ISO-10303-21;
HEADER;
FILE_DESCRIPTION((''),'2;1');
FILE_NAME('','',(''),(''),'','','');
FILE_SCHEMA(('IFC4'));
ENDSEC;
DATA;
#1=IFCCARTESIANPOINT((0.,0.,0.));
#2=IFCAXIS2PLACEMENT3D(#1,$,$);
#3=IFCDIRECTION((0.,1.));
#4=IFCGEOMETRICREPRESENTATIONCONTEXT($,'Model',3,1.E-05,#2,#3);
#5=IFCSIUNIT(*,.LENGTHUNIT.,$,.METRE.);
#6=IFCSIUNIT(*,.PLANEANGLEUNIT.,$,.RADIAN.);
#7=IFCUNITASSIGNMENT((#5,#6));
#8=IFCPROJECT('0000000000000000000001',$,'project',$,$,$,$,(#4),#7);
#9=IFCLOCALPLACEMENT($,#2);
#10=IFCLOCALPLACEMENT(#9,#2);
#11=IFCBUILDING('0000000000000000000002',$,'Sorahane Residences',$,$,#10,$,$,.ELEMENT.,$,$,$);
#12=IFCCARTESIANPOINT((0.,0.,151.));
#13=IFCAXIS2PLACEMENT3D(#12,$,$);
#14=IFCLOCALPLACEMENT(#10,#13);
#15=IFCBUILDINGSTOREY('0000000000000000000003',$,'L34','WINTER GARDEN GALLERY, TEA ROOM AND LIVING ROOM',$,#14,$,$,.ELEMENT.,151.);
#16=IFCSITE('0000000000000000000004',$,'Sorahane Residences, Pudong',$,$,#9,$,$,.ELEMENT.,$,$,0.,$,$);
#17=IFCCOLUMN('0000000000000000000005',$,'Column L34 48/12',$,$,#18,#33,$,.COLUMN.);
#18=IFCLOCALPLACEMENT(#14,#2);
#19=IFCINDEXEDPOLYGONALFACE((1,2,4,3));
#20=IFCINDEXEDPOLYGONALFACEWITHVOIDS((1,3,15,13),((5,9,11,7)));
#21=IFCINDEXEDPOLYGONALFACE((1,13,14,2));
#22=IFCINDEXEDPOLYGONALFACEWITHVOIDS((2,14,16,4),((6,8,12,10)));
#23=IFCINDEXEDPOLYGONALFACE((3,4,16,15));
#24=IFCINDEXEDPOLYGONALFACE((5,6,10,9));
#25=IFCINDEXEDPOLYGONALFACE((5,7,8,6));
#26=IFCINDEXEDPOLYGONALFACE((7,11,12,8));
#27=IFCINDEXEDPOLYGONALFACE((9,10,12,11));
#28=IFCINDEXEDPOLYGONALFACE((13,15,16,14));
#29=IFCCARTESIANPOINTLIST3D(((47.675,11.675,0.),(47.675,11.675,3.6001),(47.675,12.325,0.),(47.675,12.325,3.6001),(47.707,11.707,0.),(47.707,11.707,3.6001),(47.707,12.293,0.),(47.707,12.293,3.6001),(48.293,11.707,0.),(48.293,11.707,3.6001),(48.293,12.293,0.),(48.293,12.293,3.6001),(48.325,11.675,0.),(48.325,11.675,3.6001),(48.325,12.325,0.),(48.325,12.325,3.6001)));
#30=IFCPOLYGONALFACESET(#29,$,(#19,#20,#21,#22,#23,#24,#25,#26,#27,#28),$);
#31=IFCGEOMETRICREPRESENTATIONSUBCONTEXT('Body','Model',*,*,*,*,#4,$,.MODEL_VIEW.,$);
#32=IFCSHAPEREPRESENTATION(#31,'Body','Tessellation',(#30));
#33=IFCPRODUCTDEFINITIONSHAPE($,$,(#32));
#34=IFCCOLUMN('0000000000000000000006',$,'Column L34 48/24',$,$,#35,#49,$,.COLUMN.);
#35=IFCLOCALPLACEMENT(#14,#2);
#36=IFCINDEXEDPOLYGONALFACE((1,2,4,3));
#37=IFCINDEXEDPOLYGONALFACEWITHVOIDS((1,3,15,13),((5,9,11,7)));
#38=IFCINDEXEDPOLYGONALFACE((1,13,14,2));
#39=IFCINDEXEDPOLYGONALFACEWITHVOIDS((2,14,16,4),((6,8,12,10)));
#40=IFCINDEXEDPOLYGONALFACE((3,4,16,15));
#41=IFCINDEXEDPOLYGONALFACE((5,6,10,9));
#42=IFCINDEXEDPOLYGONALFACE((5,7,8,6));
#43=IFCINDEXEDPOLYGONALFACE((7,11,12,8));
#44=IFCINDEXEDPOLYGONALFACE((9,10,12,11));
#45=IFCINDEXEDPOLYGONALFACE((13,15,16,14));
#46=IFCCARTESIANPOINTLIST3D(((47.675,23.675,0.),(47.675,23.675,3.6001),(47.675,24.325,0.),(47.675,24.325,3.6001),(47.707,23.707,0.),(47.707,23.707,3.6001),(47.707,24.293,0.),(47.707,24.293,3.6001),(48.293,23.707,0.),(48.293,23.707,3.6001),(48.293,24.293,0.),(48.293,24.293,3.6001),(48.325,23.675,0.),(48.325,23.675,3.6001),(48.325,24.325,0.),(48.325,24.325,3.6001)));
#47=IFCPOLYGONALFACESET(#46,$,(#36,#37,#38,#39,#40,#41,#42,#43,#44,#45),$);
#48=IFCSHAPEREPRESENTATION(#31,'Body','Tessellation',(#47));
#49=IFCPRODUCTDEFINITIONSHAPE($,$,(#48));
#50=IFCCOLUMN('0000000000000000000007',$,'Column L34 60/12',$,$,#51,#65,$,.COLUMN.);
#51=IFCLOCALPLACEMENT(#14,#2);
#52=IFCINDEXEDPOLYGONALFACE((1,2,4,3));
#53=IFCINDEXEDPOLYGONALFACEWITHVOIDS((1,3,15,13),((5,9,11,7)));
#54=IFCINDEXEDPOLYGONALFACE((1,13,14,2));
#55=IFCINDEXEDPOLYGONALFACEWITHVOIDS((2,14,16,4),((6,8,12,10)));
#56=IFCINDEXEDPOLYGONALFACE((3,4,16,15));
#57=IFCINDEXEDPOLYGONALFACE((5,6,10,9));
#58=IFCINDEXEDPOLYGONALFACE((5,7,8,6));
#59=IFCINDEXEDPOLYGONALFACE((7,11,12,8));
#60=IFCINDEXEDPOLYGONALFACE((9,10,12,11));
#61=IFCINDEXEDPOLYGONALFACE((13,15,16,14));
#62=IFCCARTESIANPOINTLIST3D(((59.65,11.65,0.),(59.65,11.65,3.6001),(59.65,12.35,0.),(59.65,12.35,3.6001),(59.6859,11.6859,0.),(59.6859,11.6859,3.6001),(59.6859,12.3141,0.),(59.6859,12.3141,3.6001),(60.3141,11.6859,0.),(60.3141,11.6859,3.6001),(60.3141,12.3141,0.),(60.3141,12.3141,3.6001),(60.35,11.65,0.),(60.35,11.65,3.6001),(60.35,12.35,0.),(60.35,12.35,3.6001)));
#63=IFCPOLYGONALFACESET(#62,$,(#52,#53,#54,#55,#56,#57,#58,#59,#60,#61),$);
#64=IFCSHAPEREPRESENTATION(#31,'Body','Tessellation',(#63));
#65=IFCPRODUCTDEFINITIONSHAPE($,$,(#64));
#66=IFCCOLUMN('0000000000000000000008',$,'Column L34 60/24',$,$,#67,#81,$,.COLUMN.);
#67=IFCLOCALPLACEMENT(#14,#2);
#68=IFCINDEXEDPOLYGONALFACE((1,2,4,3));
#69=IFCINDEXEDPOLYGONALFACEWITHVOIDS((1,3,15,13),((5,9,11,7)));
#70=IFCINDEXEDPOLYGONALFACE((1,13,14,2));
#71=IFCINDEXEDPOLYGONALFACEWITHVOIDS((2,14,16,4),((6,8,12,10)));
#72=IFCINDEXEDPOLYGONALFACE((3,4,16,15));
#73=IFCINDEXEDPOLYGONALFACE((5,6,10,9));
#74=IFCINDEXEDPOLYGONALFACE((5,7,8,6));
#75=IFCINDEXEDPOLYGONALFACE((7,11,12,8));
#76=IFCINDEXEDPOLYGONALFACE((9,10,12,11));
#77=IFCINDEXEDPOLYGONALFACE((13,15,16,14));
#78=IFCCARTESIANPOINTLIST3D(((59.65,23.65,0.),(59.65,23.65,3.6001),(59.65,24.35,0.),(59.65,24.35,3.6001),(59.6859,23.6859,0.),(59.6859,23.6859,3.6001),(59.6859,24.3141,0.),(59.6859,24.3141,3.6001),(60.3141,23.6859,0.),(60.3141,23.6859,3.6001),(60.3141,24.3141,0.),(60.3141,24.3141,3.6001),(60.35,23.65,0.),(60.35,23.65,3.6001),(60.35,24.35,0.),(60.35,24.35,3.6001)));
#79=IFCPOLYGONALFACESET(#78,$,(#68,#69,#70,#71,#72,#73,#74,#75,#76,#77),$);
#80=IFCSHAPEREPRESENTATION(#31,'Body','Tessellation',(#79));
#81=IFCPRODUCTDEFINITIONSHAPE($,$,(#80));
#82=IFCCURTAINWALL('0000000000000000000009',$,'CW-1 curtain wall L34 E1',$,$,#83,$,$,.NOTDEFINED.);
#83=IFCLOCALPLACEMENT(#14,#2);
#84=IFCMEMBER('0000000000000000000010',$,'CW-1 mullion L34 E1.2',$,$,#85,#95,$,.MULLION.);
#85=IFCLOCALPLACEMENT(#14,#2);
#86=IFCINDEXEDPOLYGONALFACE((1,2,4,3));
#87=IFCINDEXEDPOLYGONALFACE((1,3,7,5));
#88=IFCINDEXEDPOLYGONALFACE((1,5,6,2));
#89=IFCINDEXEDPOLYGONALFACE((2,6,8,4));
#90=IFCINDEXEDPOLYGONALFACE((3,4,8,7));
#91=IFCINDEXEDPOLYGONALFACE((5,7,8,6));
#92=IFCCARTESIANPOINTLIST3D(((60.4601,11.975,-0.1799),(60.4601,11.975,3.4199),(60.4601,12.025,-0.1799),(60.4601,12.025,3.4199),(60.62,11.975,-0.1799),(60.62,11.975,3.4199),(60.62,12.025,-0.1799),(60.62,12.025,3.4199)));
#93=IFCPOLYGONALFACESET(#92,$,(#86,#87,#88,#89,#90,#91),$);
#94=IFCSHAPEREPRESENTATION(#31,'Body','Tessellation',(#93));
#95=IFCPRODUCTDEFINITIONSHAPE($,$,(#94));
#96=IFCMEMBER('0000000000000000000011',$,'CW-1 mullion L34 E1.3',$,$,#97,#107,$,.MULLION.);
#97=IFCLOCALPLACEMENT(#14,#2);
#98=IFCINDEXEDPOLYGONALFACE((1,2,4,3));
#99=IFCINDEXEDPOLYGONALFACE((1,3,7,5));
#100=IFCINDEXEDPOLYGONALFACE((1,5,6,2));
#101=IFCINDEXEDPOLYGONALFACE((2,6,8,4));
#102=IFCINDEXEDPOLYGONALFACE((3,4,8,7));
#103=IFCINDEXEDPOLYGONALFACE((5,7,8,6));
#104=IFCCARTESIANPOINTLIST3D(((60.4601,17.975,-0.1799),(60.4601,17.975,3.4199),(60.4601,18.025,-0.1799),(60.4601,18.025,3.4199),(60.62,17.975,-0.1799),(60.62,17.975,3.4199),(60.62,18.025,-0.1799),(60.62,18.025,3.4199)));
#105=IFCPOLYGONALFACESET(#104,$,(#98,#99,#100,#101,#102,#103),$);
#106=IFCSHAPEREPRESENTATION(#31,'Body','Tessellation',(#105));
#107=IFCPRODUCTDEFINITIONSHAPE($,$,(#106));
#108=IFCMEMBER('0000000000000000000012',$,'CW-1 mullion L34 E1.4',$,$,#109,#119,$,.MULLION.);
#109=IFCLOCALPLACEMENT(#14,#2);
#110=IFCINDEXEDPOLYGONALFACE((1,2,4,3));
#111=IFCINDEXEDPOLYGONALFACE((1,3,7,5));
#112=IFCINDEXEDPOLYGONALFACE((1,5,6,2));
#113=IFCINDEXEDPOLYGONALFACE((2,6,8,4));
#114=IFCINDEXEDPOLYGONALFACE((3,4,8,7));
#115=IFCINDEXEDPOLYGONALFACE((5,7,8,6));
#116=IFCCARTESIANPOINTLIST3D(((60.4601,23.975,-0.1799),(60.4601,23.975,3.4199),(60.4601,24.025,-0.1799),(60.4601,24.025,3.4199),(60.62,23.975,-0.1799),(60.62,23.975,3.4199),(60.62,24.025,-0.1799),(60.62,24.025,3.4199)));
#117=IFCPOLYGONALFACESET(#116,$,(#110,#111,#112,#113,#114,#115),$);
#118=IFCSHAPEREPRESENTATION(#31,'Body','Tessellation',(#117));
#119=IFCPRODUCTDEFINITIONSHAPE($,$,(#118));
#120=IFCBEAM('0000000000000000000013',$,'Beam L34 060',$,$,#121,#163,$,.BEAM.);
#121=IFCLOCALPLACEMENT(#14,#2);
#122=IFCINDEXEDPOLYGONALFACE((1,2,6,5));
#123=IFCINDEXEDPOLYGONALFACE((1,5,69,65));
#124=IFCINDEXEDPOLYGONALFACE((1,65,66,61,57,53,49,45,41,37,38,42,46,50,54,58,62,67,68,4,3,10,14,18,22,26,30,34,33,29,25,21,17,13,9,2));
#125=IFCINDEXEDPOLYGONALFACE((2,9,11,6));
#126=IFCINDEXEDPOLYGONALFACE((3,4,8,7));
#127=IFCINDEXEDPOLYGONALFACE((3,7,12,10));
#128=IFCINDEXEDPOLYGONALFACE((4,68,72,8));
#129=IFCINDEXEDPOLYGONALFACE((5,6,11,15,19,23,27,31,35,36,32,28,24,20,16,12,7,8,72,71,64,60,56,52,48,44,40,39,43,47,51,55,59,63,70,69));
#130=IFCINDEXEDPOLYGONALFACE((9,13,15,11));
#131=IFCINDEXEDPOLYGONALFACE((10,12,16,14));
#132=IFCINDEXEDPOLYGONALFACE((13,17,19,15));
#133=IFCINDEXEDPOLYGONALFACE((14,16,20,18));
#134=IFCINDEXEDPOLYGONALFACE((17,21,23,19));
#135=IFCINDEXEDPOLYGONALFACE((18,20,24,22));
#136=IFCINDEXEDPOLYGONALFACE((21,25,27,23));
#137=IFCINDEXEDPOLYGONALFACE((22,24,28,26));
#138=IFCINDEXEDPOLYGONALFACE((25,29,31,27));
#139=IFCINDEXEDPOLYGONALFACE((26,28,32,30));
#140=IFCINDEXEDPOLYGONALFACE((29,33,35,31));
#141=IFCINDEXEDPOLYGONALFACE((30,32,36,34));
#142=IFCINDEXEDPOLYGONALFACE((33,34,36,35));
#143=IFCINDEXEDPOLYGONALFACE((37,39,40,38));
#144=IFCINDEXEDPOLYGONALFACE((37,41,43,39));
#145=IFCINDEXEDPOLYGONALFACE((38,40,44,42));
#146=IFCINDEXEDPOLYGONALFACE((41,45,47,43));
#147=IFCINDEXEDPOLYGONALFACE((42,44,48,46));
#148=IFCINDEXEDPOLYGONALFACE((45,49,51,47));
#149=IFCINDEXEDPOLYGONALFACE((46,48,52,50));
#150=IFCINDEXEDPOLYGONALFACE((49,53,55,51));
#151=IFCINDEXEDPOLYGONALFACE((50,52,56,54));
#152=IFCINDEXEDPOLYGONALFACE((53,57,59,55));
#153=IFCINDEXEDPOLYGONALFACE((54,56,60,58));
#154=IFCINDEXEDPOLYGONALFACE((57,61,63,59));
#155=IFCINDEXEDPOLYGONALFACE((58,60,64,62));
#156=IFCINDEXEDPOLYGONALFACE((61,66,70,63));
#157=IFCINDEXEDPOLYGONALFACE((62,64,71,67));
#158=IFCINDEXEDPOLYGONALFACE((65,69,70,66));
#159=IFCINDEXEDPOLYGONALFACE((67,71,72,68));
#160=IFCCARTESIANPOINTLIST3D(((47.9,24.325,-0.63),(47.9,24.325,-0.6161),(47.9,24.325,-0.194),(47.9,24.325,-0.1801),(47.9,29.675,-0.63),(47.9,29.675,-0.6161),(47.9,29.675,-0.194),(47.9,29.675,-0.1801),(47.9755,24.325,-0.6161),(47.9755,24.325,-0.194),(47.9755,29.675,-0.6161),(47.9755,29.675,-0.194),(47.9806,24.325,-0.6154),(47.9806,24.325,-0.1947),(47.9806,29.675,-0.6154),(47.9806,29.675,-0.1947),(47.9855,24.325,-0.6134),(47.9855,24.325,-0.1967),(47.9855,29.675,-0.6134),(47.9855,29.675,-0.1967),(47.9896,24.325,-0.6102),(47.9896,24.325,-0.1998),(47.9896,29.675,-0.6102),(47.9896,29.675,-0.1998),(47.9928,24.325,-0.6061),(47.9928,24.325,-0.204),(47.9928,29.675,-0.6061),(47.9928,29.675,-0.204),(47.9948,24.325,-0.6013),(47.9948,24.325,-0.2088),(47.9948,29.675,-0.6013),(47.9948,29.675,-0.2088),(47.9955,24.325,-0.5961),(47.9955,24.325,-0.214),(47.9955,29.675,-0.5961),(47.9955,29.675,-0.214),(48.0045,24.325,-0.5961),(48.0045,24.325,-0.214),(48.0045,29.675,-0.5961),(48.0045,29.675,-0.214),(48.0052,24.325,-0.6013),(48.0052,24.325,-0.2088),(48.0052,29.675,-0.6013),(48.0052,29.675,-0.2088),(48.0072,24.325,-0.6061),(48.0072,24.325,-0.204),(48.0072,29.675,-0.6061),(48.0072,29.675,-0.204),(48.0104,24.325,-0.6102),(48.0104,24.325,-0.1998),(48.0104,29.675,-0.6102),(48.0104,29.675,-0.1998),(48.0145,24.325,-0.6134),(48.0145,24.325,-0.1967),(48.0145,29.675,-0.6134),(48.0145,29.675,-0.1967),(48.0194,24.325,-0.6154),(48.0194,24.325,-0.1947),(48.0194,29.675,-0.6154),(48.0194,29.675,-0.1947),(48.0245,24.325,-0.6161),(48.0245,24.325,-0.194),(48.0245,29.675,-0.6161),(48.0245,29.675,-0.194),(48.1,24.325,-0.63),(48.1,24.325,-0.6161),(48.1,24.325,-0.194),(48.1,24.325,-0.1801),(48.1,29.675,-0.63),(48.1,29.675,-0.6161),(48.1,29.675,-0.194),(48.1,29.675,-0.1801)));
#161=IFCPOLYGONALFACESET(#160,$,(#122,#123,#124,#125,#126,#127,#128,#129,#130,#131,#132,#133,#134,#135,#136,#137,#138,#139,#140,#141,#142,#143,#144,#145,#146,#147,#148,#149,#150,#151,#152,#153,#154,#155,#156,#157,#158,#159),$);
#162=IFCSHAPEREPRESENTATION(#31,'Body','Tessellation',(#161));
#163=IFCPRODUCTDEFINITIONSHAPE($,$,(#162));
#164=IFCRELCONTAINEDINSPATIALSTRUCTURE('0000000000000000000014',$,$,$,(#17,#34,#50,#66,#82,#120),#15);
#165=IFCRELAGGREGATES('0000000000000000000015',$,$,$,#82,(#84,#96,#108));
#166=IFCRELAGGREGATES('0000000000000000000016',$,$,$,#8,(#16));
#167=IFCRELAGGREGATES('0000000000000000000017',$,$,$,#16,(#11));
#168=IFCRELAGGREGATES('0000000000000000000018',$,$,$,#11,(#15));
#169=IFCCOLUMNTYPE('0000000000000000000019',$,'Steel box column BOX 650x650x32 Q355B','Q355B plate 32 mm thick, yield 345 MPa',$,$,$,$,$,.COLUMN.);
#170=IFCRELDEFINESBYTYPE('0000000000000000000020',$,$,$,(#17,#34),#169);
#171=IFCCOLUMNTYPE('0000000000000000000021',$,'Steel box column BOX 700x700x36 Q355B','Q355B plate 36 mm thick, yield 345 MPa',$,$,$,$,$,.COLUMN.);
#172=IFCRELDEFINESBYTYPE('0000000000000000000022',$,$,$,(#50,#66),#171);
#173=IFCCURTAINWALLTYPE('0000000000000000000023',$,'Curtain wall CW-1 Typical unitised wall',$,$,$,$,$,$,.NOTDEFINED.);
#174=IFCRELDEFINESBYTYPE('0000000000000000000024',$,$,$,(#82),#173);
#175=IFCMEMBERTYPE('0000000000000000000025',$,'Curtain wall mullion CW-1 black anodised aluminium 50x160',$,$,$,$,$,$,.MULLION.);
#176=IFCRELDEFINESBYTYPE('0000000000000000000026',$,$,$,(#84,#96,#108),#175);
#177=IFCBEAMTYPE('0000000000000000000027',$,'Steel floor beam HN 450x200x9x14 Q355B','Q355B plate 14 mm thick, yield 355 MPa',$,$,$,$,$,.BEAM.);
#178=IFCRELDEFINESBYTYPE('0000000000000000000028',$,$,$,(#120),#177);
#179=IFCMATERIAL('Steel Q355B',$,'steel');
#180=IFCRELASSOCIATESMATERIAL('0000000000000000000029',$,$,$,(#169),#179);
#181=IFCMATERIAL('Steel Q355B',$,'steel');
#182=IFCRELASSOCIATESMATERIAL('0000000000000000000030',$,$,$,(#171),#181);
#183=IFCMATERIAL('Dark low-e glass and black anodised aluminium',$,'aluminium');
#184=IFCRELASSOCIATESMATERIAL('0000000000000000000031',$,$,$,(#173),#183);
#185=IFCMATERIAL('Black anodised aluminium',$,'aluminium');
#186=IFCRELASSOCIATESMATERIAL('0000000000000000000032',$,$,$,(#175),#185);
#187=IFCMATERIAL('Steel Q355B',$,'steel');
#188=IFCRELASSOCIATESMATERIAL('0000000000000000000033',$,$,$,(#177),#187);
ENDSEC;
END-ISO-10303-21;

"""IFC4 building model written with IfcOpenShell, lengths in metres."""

from ifc_helpers import new_model, si_unit, direction, frame, origin, origin_2d, place, context, subcontext, project, spatial, rectangle, hollow_rectangle, i_section, extrude, material, material_profile, profile_set, type_object, element, aggregate, save


model = new_model("IFC4")

# Units and contexts
model_context = context("Model", 3, precision=1e-05, world=origin(), true_north=direction((0.0, 1.0)))
body_context = subcontext(model_context, "Body", "Model", "MODEL_VIEW")
ifc_project = project(units=[si_unit("LENGTHUNIT", "METRE"), si_unit("PLANEANGLEUNIT", "RADIAN")], contexts=[model_context])

# Site, building, storey
site_placement = place(None, origin())
site = spatial("IfcSite", under=ifc_project, at=site_placement, Name="Sorahane Residences, Pudong", CompositionType="ELEMENT", RefElevation=0.0)
building_placement = place(site_placement, origin())
building = spatial("IfcBuilding", under=site, at=building_placement, Name="Sorahane Residences", CompositionType="ELEMENT")
storey_placement = place(building_placement, frame((0.0, 0.0, 151.0)))
storey = spatial("IfcBuildingStorey", under=building, at=storey_placement, Name="L34", Description="WINTER GARDEN GALLERY, TEA ROOM AND LIVING ROOM", CompositionType="ELEMENT", Elevation=151.0)

# Columns
ifc_material_1 = material(Name="Steel Q355B", Category="steel")
ifc_material_profile_1 = material_profile(ifc_material_1, hollow_rectangle(XDim=0.6499, YDim=0.6499, WallThickness=0.032, at=origin_2d()), Name="BOX 650x650x32")
ifc_profile_set_1 = profile_set([ifc_material_profile_1], Name="Steel Q355B")
column_type_1 = type_object("IfcColumnType", Name="Steel box column BOX 650x650x32 Q355B", Description="Q355B plate 32 mm thick, yield 345 MPa", PredefinedType="COLUMN", material=ifc_profile_set_1)
for number, where, z_axis, x_axis, name in (
    (1, (48.0, 12.0, 0.0), (0.0, 0.0, 1.0), (1.0, 0.0, 0.0), "Column L34 48/12"),
    (2, (48.0, 24.0, 0.0), (0.0, 0.0, 1.0), (1.0, 0.0, 0.0), "Column L34 48/24"),
):
    element("IfcColumn", number, at=place(storey_placement, frame(where, z_axis=z_axis, x_axis=x_axis)), inside=storey, type_object=column_type_1, Name=name, PredefinedType="COLUMN", context=body_context, shape_type="SweptSolid", body=[
        extrude(hollow_rectangle(XDim=0.6499, YDim=0.6499, WallThickness=0.032, at=origin_2d()), origin(), (0.0, 0.0, 1.0), 3.6001),
    ])
ifc_material_2 = material(Name="Steel Q355B", Category="steel")
ifc_material_profile_2 = material_profile(ifc_material_2, hollow_rectangle(XDim=0.7, YDim=0.7, WallThickness=0.0359, at=origin_2d()), Name="BOX 700x700x36")
ifc_profile_set_2 = profile_set([ifc_material_profile_2], Name="Steel Q355B")
column_type_2 = type_object("IfcColumnType", Name="Steel box column BOX 700x700x36 Q355B", Description="Q355B plate 36 mm thick, yield 345 MPa", PredefinedType="COLUMN", material=ifc_profile_set_2)
for number, where, z_axis, x_axis, name in (
    (3, (60.0, 12.0, 0.0), (0.0, 0.0, 1.0), (1.0, 0.0, 0.0), "Column L34 60/12"),
    (4, (60.0, 24.0, 0.0), (0.0, 0.0, 1.0), (1.0, 0.0, 0.0), "Column L34 60/24"),
):
    element("IfcColumn", number, at=place(storey_placement, frame(where, z_axis=z_axis, x_axis=x_axis)), inside=storey, type_object=column_type_2, Name=name, PredefinedType="COLUMN", context=body_context, shape_type="SweptSolid", body=[
        extrude(hollow_rectangle(XDim=0.7, YDim=0.7, WallThickness=0.0359, at=origin_2d()), origin(), (0.0, 0.0, 1.0), 3.6001),
    ])

# Curtain wall, members
ifc_material_3 = material(Name="Dark low-e glass and black anodised aluminium", Category="aluminium")
curtain_wall_type = type_object("IfcCurtainWallType", Name="Curtain wall CW-1 Typical unitised wall", PredefinedType="NOTDEFINED", material=ifc_material_3)
curtain_wall_placement = place(storey_placement, origin())
curtain_wall = element("IfcCurtainWall", 5, at=curtain_wall_placement, inside=storey, type_object=curtain_wall_type, Name="CW-1 curtain wall L34 E1", PredefinedType="NOTDEFINED")
ifc_material_4 = material(Name="Black anodised aluminium", Category="aluminium")
ifc_material_profile_3 = material_profile(ifc_material_4, rectangle(XDim=0.1599, YDim=0.05, at=origin_2d()), Name="Curtain wall mullion CW-1 black anodised aluminium 50x160")
ifc_profile_set_3 = profile_set([ifc_material_profile_3], Name="Black anodised aluminium")
member_type = type_object("IfcMemberType", Name="Curtain wall mullion CW-1 black anodised aluminium 50x160", PredefinedType="MULLION", material=ifc_profile_set_3)
member_1_placement = place(storey_placement, frame((60.54, 12.0, -0.1799), z_axis=(0.0, 0.0, 1.0), x_axis=(1.0, 0.0, 0.0)))
member_1 = element("IfcMember", 6, at=member_1_placement, type_object=member_type, Name="CW-1 mullion L34 E1.2", PredefinedType="MULLION", context=body_context, shape_type="SweptSolid", body=[
    extrude(rectangle(XDim=0.1599, YDim=0.05, at=origin_2d()), origin(), (0.0, 0.0, 1.0), 3.5999),
])
member_2_placement = place(storey_placement, frame((60.54, 18.0, -0.1799), z_axis=(0.0, 0.0, 1.0), x_axis=(1.0, 0.0, 0.0)))
member_2 = element("IfcMember", 7, at=member_2_placement, type_object=member_type, Name="CW-1 mullion L34 E1.3", PredefinedType="MULLION", context=body_context, shape_type="SweptSolid", body=[
    extrude(rectangle(XDim=0.1599, YDim=0.05, at=origin_2d()), origin(), (0.0, 0.0, 1.0), 3.5999),
])
member_3_placement = place(storey_placement, frame((60.54, 24.0, -0.1799), z_axis=(0.0, 0.0, 1.0), x_axis=(1.0, 0.0, 0.0)))
member_3 = element("IfcMember", 8, at=member_3_placement, type_object=member_type, Name="CW-1 mullion L34 E1.4", PredefinedType="MULLION", context=body_context, shape_type="SweptSolid", body=[
    extrude(rectangle(XDim=0.1599, YDim=0.05, at=origin_2d()), origin(), (0.0, 0.0, 1.0), 3.5999),
])

# Beam
ifc_material_5 = material(Name="Steel Q355B", Category="steel")
ifc_material_profile_4 = material_profile(ifc_material_5, i_section(OverallWidth=0.2, OverallDepth=0.45, WebThickness=0.009, FlangeThickness=0.0139, FilletRadius=0.02, at=origin_2d()), Name="HN 450x200x9x14")
ifc_profile_set_4 = profile_set([ifc_material_profile_4], Name="Steel Q355B")
beam_type_1 = type_object("IfcBeamType", Name="Steel floor beam HN 450x200x9x14 Q355B", Description="Q355B plate 14 mm thick, yield 355 MPa", PredefinedType="BEAM", material=ifc_profile_set_4)
beam_1_placement = place(storey_placement, frame((48.0, 24.325, -0.405), z_axis=(0.0, 1.0, 0.0), x_axis=(-1.0, 0.0, 0.0)))
element("IfcBeam", 9, at=beam_1_placement, inside=storey, type_object=beam_type_1, Name="Beam L34 060", PredefinedType="BEAM", context=body_context, shape_type="SweptSolid", body=[
    extrude(i_section(OverallWidth=0.2, OverallDepth=0.45, WebThickness=0.009, FlangeThickness=0.0139, FilletRadius=0.02, at=origin_2d()), origin(), (0.0, 0.0, 1.0), 5.3501),
])

aggregate(curtain_wall, [member_1, member_2, member_3])

save(model, "model.ifc")
